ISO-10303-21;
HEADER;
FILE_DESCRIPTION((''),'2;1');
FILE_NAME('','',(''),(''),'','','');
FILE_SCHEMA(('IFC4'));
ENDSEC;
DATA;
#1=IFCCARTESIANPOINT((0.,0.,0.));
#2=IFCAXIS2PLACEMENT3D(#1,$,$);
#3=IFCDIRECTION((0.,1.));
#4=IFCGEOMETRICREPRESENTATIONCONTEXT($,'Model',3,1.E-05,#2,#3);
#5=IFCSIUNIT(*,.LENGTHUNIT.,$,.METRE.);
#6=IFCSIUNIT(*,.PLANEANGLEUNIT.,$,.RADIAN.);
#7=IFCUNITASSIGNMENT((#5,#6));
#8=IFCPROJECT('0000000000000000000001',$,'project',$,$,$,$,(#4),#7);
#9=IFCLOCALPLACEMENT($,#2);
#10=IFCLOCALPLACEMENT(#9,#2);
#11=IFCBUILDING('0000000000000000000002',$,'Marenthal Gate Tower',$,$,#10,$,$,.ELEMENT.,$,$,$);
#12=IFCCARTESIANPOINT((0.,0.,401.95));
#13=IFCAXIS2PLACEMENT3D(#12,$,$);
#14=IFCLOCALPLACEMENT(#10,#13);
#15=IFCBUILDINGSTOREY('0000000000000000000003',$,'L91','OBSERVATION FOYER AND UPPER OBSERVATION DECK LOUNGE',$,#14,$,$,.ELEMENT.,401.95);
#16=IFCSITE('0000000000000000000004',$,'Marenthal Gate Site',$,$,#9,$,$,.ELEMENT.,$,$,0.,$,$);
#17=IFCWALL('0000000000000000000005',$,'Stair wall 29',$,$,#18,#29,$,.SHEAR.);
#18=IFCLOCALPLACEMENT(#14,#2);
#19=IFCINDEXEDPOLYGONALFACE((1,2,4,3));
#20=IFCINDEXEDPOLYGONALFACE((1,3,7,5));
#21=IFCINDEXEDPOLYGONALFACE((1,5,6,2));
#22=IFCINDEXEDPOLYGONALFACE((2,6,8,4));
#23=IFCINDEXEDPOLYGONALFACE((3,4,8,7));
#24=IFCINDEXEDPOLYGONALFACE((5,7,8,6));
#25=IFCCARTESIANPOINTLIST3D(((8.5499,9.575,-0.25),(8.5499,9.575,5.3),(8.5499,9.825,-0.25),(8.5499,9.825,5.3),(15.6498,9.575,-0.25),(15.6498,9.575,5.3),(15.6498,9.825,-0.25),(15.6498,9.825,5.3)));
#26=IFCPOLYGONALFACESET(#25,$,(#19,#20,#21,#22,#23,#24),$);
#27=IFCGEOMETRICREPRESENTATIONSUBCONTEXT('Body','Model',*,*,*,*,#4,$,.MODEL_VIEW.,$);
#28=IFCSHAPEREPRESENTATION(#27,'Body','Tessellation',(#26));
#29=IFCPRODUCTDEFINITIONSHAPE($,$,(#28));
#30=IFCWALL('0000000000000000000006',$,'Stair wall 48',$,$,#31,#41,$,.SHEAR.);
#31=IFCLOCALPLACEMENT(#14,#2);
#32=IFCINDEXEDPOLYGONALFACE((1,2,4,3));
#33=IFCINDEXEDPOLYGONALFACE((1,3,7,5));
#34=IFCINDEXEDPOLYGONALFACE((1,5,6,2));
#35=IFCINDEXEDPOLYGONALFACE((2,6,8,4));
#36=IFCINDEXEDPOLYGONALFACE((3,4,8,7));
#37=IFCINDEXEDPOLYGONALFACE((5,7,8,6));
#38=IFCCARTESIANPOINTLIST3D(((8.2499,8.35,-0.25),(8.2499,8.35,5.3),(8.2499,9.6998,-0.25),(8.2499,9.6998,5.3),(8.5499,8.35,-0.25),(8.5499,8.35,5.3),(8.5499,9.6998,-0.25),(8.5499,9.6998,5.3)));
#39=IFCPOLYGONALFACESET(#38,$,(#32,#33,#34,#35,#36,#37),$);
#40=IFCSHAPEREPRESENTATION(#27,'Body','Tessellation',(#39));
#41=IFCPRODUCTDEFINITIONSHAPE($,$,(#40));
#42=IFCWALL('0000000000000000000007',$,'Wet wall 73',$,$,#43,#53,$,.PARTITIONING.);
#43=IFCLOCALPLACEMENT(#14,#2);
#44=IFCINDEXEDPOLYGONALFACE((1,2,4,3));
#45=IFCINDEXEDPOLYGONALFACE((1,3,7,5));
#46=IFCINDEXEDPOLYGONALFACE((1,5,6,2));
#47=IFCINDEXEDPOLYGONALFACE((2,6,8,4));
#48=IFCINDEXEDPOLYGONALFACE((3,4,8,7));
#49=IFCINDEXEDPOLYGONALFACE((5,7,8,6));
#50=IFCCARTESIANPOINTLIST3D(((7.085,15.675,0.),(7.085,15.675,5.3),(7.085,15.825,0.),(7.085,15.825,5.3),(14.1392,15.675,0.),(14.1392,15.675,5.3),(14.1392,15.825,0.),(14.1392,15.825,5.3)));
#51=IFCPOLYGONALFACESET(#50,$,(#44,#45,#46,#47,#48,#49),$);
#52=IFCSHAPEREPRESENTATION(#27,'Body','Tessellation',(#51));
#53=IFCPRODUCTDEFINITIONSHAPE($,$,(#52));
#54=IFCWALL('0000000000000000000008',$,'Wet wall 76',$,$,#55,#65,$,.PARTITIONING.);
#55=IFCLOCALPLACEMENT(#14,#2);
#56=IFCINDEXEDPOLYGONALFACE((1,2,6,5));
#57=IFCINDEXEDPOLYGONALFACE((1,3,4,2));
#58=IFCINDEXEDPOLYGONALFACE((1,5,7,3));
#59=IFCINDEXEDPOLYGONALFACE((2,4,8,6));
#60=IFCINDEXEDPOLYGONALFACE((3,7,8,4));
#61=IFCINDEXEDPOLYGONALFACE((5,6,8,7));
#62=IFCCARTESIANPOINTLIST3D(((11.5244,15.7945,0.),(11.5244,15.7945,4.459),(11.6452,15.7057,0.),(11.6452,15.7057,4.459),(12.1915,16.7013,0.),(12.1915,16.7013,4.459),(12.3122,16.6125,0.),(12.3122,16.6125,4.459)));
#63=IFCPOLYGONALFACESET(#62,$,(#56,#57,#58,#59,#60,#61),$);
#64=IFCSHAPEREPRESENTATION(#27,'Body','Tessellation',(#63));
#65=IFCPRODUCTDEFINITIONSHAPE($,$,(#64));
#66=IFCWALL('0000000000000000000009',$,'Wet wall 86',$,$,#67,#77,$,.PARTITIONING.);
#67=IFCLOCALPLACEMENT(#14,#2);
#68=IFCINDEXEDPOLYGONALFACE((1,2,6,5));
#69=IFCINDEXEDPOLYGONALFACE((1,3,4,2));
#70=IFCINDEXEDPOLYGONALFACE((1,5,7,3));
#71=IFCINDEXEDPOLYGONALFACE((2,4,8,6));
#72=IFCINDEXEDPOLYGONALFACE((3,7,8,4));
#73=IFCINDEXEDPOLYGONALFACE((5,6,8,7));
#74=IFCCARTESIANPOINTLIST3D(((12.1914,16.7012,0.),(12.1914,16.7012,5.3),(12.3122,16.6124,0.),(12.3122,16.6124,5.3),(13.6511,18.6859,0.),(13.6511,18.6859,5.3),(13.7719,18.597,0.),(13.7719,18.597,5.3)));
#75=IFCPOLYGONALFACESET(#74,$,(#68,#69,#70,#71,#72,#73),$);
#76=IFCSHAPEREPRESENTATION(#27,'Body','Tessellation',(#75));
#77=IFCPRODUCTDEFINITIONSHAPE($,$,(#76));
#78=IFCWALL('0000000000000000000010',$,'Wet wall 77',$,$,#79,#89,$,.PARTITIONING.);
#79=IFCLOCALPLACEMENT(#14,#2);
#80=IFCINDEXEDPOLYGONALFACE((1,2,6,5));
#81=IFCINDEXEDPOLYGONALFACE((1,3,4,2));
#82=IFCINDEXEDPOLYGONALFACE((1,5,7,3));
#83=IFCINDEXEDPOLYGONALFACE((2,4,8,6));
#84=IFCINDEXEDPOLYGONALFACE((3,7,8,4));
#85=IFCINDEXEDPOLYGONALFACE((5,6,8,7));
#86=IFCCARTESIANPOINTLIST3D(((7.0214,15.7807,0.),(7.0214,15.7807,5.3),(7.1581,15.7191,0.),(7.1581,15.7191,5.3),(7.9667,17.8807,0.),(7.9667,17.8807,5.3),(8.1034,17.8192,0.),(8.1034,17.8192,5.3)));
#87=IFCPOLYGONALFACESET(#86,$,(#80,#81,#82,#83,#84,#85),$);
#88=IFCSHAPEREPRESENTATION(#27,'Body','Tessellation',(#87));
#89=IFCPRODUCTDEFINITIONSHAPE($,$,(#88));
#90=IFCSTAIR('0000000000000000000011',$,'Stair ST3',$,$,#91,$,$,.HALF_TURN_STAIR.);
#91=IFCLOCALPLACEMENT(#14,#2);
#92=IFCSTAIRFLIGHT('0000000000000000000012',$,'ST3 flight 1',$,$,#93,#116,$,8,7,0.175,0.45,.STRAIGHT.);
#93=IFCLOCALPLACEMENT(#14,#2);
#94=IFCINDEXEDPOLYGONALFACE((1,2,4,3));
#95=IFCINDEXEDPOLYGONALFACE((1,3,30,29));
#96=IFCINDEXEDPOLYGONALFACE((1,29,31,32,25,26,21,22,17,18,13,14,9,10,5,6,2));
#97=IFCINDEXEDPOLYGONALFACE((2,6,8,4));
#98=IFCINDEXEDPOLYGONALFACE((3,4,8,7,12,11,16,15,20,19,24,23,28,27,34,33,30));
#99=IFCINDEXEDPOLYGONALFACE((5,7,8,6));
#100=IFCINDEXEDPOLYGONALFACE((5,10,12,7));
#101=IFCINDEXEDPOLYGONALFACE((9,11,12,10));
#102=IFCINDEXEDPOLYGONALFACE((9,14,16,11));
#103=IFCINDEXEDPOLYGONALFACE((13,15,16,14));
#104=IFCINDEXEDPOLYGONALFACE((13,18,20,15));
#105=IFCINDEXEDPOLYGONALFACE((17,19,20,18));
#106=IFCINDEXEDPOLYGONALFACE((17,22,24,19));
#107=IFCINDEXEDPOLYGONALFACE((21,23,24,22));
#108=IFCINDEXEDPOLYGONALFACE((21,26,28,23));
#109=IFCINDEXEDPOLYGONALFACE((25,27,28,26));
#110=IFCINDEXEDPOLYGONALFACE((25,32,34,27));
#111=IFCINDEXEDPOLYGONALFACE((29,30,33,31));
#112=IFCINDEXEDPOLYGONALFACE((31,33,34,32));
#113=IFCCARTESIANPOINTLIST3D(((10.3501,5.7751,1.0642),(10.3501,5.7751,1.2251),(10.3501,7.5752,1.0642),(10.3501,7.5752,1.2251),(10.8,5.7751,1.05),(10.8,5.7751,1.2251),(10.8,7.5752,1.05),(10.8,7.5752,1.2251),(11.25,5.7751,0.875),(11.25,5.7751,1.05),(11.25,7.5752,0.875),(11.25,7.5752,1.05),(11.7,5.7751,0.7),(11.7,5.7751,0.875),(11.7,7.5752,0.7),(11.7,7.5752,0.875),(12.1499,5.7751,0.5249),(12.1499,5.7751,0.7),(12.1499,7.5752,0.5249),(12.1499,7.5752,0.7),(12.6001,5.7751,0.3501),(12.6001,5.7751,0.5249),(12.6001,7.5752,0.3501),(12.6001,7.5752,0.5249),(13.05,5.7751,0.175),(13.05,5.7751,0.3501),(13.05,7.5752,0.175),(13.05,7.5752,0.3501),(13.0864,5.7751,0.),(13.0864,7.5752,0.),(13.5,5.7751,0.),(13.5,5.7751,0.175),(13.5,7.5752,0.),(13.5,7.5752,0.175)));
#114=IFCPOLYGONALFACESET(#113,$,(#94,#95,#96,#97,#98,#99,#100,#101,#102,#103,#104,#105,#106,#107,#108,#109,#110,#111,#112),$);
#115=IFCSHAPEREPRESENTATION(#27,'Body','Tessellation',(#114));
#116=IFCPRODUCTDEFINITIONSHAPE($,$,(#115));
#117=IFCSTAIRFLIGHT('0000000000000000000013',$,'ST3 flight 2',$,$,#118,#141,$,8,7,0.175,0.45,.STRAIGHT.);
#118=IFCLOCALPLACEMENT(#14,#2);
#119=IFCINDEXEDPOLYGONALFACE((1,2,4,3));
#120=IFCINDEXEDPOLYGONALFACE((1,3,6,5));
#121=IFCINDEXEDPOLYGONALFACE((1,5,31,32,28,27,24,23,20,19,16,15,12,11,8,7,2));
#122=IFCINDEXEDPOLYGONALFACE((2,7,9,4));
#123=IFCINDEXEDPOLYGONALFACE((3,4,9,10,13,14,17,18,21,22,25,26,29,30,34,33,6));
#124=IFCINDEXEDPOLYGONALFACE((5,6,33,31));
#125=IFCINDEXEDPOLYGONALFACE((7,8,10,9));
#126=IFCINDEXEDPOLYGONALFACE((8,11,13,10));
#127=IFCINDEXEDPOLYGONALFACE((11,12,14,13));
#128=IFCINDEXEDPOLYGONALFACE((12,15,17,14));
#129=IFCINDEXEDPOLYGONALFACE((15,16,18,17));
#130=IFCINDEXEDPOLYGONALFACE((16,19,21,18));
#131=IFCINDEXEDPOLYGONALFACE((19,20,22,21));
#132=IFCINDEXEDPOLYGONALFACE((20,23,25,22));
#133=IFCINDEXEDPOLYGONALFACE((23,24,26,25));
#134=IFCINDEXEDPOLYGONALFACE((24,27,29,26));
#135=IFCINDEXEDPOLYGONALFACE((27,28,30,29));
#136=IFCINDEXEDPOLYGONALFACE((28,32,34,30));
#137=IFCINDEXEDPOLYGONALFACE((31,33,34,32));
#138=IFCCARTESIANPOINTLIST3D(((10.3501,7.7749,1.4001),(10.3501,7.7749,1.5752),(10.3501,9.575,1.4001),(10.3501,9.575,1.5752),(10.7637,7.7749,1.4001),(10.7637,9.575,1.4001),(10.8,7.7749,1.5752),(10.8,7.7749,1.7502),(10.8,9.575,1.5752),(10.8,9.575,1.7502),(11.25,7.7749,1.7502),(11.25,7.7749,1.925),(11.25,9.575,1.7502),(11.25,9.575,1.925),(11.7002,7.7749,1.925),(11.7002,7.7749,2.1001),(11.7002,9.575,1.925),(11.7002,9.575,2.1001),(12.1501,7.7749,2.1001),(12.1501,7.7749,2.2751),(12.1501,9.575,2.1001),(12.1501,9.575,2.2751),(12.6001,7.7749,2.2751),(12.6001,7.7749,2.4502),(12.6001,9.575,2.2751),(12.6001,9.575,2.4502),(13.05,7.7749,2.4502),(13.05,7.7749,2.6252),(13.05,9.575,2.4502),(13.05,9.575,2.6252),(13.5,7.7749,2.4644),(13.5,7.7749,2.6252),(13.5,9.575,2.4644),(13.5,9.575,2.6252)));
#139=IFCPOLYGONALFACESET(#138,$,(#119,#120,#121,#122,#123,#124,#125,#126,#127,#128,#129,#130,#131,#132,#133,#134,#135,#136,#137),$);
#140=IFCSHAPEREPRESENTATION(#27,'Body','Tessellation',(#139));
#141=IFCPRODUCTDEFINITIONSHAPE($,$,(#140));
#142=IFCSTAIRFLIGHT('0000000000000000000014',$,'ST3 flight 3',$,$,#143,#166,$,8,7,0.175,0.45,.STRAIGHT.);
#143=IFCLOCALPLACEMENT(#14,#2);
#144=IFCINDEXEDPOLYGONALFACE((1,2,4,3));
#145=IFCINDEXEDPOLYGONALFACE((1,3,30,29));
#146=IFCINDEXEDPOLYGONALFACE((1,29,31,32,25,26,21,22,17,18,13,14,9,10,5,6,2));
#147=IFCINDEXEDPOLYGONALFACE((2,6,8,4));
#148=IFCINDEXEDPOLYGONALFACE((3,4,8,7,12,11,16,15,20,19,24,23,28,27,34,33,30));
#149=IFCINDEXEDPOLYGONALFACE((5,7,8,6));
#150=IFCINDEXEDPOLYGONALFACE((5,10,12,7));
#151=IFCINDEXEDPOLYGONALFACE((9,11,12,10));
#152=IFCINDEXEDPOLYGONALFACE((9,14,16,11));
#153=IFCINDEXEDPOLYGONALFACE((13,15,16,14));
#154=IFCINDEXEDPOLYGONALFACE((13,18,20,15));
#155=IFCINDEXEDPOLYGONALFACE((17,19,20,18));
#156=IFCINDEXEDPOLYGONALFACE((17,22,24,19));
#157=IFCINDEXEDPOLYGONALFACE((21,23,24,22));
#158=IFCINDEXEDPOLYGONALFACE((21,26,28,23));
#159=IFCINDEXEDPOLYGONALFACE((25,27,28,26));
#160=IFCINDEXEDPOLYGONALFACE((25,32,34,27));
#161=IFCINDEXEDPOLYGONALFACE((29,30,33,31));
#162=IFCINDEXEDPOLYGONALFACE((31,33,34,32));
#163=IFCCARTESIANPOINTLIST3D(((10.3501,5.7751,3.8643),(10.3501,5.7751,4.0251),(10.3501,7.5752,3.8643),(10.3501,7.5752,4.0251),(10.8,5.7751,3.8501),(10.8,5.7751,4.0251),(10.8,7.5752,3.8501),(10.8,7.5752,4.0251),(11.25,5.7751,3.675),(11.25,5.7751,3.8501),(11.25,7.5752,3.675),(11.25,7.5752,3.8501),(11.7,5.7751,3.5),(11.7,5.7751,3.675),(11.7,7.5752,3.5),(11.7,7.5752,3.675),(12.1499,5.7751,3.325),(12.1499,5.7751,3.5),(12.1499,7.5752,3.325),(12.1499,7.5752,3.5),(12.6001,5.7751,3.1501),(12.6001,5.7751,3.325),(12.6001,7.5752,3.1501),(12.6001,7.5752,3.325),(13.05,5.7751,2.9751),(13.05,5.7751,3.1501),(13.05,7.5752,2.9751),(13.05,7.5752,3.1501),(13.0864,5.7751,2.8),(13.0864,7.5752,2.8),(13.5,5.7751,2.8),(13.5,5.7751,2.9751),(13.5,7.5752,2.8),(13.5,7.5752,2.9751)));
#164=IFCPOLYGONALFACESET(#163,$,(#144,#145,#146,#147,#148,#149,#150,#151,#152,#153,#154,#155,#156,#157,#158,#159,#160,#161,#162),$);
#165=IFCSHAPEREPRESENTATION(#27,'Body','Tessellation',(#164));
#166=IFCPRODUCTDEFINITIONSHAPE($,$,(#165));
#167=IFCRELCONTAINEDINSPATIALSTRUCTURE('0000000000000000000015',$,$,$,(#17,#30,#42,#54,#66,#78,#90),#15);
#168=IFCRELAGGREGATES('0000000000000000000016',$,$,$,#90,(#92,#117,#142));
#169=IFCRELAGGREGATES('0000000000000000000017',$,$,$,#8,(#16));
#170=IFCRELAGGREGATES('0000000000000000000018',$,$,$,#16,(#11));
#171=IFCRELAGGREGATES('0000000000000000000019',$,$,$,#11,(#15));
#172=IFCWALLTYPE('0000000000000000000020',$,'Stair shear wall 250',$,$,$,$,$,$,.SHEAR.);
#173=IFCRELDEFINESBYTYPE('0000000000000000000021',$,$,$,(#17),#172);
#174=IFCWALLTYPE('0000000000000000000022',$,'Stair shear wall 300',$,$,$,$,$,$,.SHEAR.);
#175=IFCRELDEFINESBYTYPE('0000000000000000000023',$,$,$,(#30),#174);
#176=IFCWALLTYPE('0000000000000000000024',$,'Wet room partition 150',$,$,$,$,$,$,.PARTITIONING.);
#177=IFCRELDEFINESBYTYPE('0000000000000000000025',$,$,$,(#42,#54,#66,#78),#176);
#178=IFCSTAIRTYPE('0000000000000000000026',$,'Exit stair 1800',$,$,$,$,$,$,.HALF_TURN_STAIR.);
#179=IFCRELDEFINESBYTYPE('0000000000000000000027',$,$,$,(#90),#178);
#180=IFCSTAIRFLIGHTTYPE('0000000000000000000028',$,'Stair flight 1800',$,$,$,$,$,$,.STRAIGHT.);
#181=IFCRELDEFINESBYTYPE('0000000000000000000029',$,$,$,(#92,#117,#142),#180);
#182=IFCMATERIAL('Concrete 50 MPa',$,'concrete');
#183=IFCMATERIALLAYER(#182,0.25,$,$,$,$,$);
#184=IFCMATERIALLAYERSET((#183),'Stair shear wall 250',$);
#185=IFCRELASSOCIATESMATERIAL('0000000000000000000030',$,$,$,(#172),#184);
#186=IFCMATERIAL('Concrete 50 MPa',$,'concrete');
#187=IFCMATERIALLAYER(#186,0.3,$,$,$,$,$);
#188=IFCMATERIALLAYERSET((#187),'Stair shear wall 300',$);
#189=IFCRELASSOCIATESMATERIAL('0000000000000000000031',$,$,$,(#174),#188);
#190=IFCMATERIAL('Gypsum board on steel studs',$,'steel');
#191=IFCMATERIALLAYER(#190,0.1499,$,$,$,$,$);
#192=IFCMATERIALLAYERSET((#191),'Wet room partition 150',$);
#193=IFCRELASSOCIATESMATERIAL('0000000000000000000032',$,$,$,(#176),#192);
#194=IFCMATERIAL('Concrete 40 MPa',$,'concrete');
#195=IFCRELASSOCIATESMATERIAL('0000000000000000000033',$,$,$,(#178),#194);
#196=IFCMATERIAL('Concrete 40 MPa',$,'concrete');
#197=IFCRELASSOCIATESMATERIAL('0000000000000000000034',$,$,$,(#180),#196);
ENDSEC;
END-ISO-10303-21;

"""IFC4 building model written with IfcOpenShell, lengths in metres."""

from ifc_helpers import new_model, si_unit, direction, frame, frame_2d, origin, place, context, subcontext, project, spatial, polyline, rectangle, outline, extrude, material, layer, layer_set, type_object, element, aggregate, save


model = new_model("IFC4")

# Units and contexts
model_context = context("Model", 3, precision=1e-05, world=origin(), true_north=direction((0.0, 1.0)))
body_context = subcontext(model_context, "Body", "Model", "MODEL_VIEW")
ifc_project = project(units=[si_unit("LENGTHUNIT", "METRE"), si_unit("PLANEANGLEUNIT", "RADIAN")], contexts=[model_context])

# Site, building, storey
site_placement = place(None, origin())
site = spatial("IfcSite", under=ifc_project, at=site_placement, Name="Marenthal Gate Site", CompositionType="ELEMENT", RefElevation=0.0)
building_placement = place(site_placement, origin())
building = spatial("IfcBuilding", under=site, at=building_placement, Name="Marenthal Gate Tower", CompositionType="ELEMENT")
storey_placement = place(building_placement, frame((0.0, 0.0, 401.95)))
storey = spatial("IfcBuildingStorey", under=building, at=storey_placement, Name="L91", Description="OBSERVATION FOYER AND UPPER OBSERVATION DECK LOUNGE", CompositionType="ELEMENT", Elevation=401.95)

# Shared definitions
ifc_material_1 = material(Name="Concrete 50 MPa", Category="concrete")
ifc_layer_1 = layer(ifc_material_1, 0.25)
ifc_layer_set_1 = layer_set([ifc_layer_1], Name="Stair shear wall 250")
wall_type_1 = type_object("IfcWallType", Name="Stair shear wall 250", PredefinedType="SHEAR", material=ifc_layer_set_1)

# Walls
wall_1_placement = place(storey_placement, frame((8.55, 9.7, -0.25), z_axis=(0.0, 0.0, 1.0), x_axis=(1.0, 0.0, 0.0)))
element("IfcWall", 1, at=wall_1_placement, inside=storey, type_object=wall_type_1, Name="Stair wall 29", PredefinedType="SHEAR", context=body_context, shape_type="SweptSolid", body=[
    extrude(rectangle(XDim=7.0999, YDim=0.25, at=frame_2d((3.5498, 0.0))), origin(), (0.0, 0.0, 1.0), 5.55),
])
ifc_material_2 = material(Name="Concrete 50 MPa", Category="concrete")
ifc_layer_2 = layer(ifc_material_2, 0.3)
ifc_layer_set_2 = layer_set([ifc_layer_2], Name="Stair shear wall 300")
wall_type_2 = type_object("IfcWallType", Name="Stair shear wall 300", PredefinedType="SHEAR", material=ifc_layer_set_2)
wall_2_placement = place(storey_placement, frame((8.3999, 8.3501, -0.25), z_axis=(0.0, 0.0, 1.0), x_axis=(0.0, 1.0, 0.0)))
element("IfcWall", 2, at=wall_2_placement, inside=storey, type_object=wall_type_2, Name="Stair wall 48", PredefinedType="SHEAR", context=body_context, shape_type="SweptSolid", body=[
    extrude(rectangle(XDim=1.3499, YDim=0.3, at=frame_2d((0.6748, 0.0))), origin(), (0.0, 0.0, 1.0), 5.55),
])
ifc_material_3 = material(Name="Gypsum board on steel studs", Category="steel")
ifc_layer_3 = layer(ifc_material_3, 0.1499)
ifc_layer_set_3 = layer_set([ifc_layer_3], Name="Wet room partition 150")
wall_type_3 = type_object("IfcWallType", Name="Wet room partition 150", PredefinedType="PARTITIONING", material=ifc_layer_set_3)
wall_3_placement = place(storey_placement, frame((7.085, 15.75, 0.0), z_axis=(0.0, 0.0, 1.0), x_axis=(1.0, 0.0, 0.0)))
element("IfcWall", 3, at=wall_3_placement, inside=storey, type_object=wall_type_3, Name="Wet wall 73", PredefinedType="PARTITIONING", context=body_context, shape_type="SweptSolid", body=[
    extrude(rectangle(XDim=7.0542, YDim=0.1499, at=frame_2d((3.5271, 0.0))), origin(), (0.0, 0.0, 1.0), 5.3),
])
wall_4_placement = place(storey_placement, frame((11.5847, 15.75, 0.0), z_axis=(0.0, 0.0, 1.0), x_axis=(0.592548, 0.805535, 0.0)))
element("IfcWall", 4, at=wall_4_placement, inside=storey, type_object=wall_type_3, Name="Wet wall 76", PredefinedType="PARTITIONING", context=body_context, shape_type="SweptSolid", body=[
    extrude(rectangle(XDim=1.1257, YDim=0.1499, at=frame_2d((0.563, 0.0))), origin(), (0.0, 0.0, 1.0), 4.459),
])
wall_5_placement = place(storey_placement, frame((12.2517, 16.6567, 0.0), z_axis=(0.0, 0.0, 1.0), x_axis=(0.592506, 0.805566, 0.0)))
element("IfcWall", 5, at=wall_5_placement, inside=storey, type_object=wall_type_3, Name="Wet wall 86", PredefinedType="PARTITIONING", context=body_context, shape_type="SweptSolid", body=[
    extrude(rectangle(XDim=2.4636, YDim=0.1499, at=frame_2d((1.2319, 0.0))), origin(), (0.0, 0.0, 1.0), 5.3),
])
wall_6_placement = place(storey_placement, frame((7.0898, 15.75, 0.0), z_axis=(0.0, 0.0, 1.0), x_axis=(0.410462, 0.911878, 0.0)))
element("IfcWall", 6, at=wall_6_placement, inside=storey, type_object=wall_type_3, Name="Wet wall 77", PredefinedType="PARTITIONING", context=body_context, shape_type="SweptSolid", body=[
    extrude(rectangle(XDim=2.303, YDim=0.1499, at=frame_2d((1.1514, 0.0))), origin(), (0.0, 0.0, 1.0), 5.3),
])

# Stair, stair flights
ifc_material_4 = material(Name="Concrete 40 MPa", Category="concrete")
stair_type = type_object("IfcStairType", Name="Exit stair 1800", PredefinedType="HALF_TURN_STAIR", material=ifc_material_4)
stair_placement = place(storey_placement, origin())
stair = element("IfcStair", 7, at=stair_placement, inside=storey, type_object=stair_type, Name="Stair ST3", PredefinedType="HALF_TURN_STAIR")
ifc_material_5 = material(Name="Concrete 40 MPa", Category="concrete")
stair_flight_type = type_object("IfcStairFlightType", Name="Stair flight 1800", PredefinedType="STRAIGHT", material=ifc_material_5)
stair_flight_1_placement = place(storey_placement, frame((13.5, 6.675, 0.0), z_axis=(0.0, 0.0, 1.0), x_axis=(-1.0, 0.0, 0.0)))
stair_flight_1 = element("IfcStairFlight", 8, at=stair_flight_1_placement, type_object=stair_flight_type, Name="ST3 flight 1", NumberOfRisers=8, NumberOfTreads=7, PredefinedType="STRAIGHT", RiserHeight=0.175, TreadLength=0.45, context=body_context, shape_type="SweptSolid", body=[
    extrude(outline(polyline([(0.0, 0.0), (0.0, 0.175), (0.45, 0.175), (0.45, 0.3501), (0.8999, 0.3501), (0.8999, 0.5249), (1.3501, 0.5249), (1.3501, 0.7), (1.8, 0.7), (1.8, 0.875), (2.25, 0.875), (2.25, 1.05), (2.7, 1.05), (2.7, 1.2251), (3.1499, 1.2251), (3.1499, 1.3999), (3.1499, 1.0642), (0.4136, 0.0), (0.0, 0.0)])), frame((0.0, 0.8999, 0.0), z_axis=(0.0, -1.0, 0.0), x_axis=(1.0, 0.0, 0.0)), (0.0, 0.0, 1.0), 1.8),
])
stair_flight_2_placement = place(storey_placement, frame((10.3501, 8.675, 1.4001), z_axis=(0.0, 0.0, 1.0), x_axis=(1.0, 0.0, 0.0)))
stair_flight_2 = element("IfcStairFlight", 9, at=stair_flight_2_placement, type_object=stair_flight_type, Name="ST3 flight 2", NumberOfRisers=8, NumberOfTreads=7, PredefinedType="STRAIGHT", RiserHeight=0.175, TreadLength=0.45, context=body_context, shape_type="SweptSolid", body=[
    extrude(outline(polyline([(0.0, 0.0), (0.0, 0.175), (0.45, 0.175), (0.45, 0.3501), (0.8999, 0.3501), (0.8999, 0.5249), (1.3501, 0.5249), (1.3501, 0.7), (1.8, 0.7), (1.8, 0.875), (2.25, 0.875), (2.25, 1.05), (2.7, 1.05), (2.7, 1.2251), (3.1499, 1.2251), (3.1499, 1.3999), (3.1499, 1.0642), (0.4136, 0.0), (0.0, 0.0)])), frame((0.0, 0.8999, 0.0), z_axis=(0.0, -1.0, 0.0), x_axis=(1.0, 0.0, 0.0)), (0.0, 0.0, 1.0), 1.8),
])
stair_flight_3_placement = place(storey_placement, frame((13.5, 6.675, 2.8), z_axis=(0.0, 0.0, 1.0), x_axis=(-1.0, 0.0, 0.0)))
stair_flight_3 = element("IfcStairFlight", 10, at=stair_flight_3_placement, type_object=stair_flight_type, Name="ST3 flight 3", NumberOfRisers=8, NumberOfTreads=7, PredefinedType="STRAIGHT", RiserHeight=0.175, TreadLength=0.45, context=body_context, shape_type="SweptSolid", body=[
    extrude(outline(polyline([(0.0, 0.0), (0.0, 0.175), (0.45, 0.175), (0.45, 0.3501), (0.8999, 0.3501), (0.8999, 0.5249), (1.3501, 0.5249), (1.3501, 0.7), (1.8, 0.7), (1.8, 0.875), (2.25, 0.875), (2.25, 1.05), (2.7, 1.05), (2.7, 1.2251), (3.1499, 1.2251), (3.1499, 1.3999), (3.1499, 1.0642), (0.4136, 0.0), (0.0, 0.0)])), frame((0.0, 0.8999, 0.0), z_axis=(0.0, -1.0, 0.0), x_axis=(1.0, 0.0, 0.0)), (0.0, 0.0, 1.0), 1.8),
])
aggregate(stair, [stair_flight_1, stair_flight_2, stair_flight_3])

save(model, "model.ifc")
